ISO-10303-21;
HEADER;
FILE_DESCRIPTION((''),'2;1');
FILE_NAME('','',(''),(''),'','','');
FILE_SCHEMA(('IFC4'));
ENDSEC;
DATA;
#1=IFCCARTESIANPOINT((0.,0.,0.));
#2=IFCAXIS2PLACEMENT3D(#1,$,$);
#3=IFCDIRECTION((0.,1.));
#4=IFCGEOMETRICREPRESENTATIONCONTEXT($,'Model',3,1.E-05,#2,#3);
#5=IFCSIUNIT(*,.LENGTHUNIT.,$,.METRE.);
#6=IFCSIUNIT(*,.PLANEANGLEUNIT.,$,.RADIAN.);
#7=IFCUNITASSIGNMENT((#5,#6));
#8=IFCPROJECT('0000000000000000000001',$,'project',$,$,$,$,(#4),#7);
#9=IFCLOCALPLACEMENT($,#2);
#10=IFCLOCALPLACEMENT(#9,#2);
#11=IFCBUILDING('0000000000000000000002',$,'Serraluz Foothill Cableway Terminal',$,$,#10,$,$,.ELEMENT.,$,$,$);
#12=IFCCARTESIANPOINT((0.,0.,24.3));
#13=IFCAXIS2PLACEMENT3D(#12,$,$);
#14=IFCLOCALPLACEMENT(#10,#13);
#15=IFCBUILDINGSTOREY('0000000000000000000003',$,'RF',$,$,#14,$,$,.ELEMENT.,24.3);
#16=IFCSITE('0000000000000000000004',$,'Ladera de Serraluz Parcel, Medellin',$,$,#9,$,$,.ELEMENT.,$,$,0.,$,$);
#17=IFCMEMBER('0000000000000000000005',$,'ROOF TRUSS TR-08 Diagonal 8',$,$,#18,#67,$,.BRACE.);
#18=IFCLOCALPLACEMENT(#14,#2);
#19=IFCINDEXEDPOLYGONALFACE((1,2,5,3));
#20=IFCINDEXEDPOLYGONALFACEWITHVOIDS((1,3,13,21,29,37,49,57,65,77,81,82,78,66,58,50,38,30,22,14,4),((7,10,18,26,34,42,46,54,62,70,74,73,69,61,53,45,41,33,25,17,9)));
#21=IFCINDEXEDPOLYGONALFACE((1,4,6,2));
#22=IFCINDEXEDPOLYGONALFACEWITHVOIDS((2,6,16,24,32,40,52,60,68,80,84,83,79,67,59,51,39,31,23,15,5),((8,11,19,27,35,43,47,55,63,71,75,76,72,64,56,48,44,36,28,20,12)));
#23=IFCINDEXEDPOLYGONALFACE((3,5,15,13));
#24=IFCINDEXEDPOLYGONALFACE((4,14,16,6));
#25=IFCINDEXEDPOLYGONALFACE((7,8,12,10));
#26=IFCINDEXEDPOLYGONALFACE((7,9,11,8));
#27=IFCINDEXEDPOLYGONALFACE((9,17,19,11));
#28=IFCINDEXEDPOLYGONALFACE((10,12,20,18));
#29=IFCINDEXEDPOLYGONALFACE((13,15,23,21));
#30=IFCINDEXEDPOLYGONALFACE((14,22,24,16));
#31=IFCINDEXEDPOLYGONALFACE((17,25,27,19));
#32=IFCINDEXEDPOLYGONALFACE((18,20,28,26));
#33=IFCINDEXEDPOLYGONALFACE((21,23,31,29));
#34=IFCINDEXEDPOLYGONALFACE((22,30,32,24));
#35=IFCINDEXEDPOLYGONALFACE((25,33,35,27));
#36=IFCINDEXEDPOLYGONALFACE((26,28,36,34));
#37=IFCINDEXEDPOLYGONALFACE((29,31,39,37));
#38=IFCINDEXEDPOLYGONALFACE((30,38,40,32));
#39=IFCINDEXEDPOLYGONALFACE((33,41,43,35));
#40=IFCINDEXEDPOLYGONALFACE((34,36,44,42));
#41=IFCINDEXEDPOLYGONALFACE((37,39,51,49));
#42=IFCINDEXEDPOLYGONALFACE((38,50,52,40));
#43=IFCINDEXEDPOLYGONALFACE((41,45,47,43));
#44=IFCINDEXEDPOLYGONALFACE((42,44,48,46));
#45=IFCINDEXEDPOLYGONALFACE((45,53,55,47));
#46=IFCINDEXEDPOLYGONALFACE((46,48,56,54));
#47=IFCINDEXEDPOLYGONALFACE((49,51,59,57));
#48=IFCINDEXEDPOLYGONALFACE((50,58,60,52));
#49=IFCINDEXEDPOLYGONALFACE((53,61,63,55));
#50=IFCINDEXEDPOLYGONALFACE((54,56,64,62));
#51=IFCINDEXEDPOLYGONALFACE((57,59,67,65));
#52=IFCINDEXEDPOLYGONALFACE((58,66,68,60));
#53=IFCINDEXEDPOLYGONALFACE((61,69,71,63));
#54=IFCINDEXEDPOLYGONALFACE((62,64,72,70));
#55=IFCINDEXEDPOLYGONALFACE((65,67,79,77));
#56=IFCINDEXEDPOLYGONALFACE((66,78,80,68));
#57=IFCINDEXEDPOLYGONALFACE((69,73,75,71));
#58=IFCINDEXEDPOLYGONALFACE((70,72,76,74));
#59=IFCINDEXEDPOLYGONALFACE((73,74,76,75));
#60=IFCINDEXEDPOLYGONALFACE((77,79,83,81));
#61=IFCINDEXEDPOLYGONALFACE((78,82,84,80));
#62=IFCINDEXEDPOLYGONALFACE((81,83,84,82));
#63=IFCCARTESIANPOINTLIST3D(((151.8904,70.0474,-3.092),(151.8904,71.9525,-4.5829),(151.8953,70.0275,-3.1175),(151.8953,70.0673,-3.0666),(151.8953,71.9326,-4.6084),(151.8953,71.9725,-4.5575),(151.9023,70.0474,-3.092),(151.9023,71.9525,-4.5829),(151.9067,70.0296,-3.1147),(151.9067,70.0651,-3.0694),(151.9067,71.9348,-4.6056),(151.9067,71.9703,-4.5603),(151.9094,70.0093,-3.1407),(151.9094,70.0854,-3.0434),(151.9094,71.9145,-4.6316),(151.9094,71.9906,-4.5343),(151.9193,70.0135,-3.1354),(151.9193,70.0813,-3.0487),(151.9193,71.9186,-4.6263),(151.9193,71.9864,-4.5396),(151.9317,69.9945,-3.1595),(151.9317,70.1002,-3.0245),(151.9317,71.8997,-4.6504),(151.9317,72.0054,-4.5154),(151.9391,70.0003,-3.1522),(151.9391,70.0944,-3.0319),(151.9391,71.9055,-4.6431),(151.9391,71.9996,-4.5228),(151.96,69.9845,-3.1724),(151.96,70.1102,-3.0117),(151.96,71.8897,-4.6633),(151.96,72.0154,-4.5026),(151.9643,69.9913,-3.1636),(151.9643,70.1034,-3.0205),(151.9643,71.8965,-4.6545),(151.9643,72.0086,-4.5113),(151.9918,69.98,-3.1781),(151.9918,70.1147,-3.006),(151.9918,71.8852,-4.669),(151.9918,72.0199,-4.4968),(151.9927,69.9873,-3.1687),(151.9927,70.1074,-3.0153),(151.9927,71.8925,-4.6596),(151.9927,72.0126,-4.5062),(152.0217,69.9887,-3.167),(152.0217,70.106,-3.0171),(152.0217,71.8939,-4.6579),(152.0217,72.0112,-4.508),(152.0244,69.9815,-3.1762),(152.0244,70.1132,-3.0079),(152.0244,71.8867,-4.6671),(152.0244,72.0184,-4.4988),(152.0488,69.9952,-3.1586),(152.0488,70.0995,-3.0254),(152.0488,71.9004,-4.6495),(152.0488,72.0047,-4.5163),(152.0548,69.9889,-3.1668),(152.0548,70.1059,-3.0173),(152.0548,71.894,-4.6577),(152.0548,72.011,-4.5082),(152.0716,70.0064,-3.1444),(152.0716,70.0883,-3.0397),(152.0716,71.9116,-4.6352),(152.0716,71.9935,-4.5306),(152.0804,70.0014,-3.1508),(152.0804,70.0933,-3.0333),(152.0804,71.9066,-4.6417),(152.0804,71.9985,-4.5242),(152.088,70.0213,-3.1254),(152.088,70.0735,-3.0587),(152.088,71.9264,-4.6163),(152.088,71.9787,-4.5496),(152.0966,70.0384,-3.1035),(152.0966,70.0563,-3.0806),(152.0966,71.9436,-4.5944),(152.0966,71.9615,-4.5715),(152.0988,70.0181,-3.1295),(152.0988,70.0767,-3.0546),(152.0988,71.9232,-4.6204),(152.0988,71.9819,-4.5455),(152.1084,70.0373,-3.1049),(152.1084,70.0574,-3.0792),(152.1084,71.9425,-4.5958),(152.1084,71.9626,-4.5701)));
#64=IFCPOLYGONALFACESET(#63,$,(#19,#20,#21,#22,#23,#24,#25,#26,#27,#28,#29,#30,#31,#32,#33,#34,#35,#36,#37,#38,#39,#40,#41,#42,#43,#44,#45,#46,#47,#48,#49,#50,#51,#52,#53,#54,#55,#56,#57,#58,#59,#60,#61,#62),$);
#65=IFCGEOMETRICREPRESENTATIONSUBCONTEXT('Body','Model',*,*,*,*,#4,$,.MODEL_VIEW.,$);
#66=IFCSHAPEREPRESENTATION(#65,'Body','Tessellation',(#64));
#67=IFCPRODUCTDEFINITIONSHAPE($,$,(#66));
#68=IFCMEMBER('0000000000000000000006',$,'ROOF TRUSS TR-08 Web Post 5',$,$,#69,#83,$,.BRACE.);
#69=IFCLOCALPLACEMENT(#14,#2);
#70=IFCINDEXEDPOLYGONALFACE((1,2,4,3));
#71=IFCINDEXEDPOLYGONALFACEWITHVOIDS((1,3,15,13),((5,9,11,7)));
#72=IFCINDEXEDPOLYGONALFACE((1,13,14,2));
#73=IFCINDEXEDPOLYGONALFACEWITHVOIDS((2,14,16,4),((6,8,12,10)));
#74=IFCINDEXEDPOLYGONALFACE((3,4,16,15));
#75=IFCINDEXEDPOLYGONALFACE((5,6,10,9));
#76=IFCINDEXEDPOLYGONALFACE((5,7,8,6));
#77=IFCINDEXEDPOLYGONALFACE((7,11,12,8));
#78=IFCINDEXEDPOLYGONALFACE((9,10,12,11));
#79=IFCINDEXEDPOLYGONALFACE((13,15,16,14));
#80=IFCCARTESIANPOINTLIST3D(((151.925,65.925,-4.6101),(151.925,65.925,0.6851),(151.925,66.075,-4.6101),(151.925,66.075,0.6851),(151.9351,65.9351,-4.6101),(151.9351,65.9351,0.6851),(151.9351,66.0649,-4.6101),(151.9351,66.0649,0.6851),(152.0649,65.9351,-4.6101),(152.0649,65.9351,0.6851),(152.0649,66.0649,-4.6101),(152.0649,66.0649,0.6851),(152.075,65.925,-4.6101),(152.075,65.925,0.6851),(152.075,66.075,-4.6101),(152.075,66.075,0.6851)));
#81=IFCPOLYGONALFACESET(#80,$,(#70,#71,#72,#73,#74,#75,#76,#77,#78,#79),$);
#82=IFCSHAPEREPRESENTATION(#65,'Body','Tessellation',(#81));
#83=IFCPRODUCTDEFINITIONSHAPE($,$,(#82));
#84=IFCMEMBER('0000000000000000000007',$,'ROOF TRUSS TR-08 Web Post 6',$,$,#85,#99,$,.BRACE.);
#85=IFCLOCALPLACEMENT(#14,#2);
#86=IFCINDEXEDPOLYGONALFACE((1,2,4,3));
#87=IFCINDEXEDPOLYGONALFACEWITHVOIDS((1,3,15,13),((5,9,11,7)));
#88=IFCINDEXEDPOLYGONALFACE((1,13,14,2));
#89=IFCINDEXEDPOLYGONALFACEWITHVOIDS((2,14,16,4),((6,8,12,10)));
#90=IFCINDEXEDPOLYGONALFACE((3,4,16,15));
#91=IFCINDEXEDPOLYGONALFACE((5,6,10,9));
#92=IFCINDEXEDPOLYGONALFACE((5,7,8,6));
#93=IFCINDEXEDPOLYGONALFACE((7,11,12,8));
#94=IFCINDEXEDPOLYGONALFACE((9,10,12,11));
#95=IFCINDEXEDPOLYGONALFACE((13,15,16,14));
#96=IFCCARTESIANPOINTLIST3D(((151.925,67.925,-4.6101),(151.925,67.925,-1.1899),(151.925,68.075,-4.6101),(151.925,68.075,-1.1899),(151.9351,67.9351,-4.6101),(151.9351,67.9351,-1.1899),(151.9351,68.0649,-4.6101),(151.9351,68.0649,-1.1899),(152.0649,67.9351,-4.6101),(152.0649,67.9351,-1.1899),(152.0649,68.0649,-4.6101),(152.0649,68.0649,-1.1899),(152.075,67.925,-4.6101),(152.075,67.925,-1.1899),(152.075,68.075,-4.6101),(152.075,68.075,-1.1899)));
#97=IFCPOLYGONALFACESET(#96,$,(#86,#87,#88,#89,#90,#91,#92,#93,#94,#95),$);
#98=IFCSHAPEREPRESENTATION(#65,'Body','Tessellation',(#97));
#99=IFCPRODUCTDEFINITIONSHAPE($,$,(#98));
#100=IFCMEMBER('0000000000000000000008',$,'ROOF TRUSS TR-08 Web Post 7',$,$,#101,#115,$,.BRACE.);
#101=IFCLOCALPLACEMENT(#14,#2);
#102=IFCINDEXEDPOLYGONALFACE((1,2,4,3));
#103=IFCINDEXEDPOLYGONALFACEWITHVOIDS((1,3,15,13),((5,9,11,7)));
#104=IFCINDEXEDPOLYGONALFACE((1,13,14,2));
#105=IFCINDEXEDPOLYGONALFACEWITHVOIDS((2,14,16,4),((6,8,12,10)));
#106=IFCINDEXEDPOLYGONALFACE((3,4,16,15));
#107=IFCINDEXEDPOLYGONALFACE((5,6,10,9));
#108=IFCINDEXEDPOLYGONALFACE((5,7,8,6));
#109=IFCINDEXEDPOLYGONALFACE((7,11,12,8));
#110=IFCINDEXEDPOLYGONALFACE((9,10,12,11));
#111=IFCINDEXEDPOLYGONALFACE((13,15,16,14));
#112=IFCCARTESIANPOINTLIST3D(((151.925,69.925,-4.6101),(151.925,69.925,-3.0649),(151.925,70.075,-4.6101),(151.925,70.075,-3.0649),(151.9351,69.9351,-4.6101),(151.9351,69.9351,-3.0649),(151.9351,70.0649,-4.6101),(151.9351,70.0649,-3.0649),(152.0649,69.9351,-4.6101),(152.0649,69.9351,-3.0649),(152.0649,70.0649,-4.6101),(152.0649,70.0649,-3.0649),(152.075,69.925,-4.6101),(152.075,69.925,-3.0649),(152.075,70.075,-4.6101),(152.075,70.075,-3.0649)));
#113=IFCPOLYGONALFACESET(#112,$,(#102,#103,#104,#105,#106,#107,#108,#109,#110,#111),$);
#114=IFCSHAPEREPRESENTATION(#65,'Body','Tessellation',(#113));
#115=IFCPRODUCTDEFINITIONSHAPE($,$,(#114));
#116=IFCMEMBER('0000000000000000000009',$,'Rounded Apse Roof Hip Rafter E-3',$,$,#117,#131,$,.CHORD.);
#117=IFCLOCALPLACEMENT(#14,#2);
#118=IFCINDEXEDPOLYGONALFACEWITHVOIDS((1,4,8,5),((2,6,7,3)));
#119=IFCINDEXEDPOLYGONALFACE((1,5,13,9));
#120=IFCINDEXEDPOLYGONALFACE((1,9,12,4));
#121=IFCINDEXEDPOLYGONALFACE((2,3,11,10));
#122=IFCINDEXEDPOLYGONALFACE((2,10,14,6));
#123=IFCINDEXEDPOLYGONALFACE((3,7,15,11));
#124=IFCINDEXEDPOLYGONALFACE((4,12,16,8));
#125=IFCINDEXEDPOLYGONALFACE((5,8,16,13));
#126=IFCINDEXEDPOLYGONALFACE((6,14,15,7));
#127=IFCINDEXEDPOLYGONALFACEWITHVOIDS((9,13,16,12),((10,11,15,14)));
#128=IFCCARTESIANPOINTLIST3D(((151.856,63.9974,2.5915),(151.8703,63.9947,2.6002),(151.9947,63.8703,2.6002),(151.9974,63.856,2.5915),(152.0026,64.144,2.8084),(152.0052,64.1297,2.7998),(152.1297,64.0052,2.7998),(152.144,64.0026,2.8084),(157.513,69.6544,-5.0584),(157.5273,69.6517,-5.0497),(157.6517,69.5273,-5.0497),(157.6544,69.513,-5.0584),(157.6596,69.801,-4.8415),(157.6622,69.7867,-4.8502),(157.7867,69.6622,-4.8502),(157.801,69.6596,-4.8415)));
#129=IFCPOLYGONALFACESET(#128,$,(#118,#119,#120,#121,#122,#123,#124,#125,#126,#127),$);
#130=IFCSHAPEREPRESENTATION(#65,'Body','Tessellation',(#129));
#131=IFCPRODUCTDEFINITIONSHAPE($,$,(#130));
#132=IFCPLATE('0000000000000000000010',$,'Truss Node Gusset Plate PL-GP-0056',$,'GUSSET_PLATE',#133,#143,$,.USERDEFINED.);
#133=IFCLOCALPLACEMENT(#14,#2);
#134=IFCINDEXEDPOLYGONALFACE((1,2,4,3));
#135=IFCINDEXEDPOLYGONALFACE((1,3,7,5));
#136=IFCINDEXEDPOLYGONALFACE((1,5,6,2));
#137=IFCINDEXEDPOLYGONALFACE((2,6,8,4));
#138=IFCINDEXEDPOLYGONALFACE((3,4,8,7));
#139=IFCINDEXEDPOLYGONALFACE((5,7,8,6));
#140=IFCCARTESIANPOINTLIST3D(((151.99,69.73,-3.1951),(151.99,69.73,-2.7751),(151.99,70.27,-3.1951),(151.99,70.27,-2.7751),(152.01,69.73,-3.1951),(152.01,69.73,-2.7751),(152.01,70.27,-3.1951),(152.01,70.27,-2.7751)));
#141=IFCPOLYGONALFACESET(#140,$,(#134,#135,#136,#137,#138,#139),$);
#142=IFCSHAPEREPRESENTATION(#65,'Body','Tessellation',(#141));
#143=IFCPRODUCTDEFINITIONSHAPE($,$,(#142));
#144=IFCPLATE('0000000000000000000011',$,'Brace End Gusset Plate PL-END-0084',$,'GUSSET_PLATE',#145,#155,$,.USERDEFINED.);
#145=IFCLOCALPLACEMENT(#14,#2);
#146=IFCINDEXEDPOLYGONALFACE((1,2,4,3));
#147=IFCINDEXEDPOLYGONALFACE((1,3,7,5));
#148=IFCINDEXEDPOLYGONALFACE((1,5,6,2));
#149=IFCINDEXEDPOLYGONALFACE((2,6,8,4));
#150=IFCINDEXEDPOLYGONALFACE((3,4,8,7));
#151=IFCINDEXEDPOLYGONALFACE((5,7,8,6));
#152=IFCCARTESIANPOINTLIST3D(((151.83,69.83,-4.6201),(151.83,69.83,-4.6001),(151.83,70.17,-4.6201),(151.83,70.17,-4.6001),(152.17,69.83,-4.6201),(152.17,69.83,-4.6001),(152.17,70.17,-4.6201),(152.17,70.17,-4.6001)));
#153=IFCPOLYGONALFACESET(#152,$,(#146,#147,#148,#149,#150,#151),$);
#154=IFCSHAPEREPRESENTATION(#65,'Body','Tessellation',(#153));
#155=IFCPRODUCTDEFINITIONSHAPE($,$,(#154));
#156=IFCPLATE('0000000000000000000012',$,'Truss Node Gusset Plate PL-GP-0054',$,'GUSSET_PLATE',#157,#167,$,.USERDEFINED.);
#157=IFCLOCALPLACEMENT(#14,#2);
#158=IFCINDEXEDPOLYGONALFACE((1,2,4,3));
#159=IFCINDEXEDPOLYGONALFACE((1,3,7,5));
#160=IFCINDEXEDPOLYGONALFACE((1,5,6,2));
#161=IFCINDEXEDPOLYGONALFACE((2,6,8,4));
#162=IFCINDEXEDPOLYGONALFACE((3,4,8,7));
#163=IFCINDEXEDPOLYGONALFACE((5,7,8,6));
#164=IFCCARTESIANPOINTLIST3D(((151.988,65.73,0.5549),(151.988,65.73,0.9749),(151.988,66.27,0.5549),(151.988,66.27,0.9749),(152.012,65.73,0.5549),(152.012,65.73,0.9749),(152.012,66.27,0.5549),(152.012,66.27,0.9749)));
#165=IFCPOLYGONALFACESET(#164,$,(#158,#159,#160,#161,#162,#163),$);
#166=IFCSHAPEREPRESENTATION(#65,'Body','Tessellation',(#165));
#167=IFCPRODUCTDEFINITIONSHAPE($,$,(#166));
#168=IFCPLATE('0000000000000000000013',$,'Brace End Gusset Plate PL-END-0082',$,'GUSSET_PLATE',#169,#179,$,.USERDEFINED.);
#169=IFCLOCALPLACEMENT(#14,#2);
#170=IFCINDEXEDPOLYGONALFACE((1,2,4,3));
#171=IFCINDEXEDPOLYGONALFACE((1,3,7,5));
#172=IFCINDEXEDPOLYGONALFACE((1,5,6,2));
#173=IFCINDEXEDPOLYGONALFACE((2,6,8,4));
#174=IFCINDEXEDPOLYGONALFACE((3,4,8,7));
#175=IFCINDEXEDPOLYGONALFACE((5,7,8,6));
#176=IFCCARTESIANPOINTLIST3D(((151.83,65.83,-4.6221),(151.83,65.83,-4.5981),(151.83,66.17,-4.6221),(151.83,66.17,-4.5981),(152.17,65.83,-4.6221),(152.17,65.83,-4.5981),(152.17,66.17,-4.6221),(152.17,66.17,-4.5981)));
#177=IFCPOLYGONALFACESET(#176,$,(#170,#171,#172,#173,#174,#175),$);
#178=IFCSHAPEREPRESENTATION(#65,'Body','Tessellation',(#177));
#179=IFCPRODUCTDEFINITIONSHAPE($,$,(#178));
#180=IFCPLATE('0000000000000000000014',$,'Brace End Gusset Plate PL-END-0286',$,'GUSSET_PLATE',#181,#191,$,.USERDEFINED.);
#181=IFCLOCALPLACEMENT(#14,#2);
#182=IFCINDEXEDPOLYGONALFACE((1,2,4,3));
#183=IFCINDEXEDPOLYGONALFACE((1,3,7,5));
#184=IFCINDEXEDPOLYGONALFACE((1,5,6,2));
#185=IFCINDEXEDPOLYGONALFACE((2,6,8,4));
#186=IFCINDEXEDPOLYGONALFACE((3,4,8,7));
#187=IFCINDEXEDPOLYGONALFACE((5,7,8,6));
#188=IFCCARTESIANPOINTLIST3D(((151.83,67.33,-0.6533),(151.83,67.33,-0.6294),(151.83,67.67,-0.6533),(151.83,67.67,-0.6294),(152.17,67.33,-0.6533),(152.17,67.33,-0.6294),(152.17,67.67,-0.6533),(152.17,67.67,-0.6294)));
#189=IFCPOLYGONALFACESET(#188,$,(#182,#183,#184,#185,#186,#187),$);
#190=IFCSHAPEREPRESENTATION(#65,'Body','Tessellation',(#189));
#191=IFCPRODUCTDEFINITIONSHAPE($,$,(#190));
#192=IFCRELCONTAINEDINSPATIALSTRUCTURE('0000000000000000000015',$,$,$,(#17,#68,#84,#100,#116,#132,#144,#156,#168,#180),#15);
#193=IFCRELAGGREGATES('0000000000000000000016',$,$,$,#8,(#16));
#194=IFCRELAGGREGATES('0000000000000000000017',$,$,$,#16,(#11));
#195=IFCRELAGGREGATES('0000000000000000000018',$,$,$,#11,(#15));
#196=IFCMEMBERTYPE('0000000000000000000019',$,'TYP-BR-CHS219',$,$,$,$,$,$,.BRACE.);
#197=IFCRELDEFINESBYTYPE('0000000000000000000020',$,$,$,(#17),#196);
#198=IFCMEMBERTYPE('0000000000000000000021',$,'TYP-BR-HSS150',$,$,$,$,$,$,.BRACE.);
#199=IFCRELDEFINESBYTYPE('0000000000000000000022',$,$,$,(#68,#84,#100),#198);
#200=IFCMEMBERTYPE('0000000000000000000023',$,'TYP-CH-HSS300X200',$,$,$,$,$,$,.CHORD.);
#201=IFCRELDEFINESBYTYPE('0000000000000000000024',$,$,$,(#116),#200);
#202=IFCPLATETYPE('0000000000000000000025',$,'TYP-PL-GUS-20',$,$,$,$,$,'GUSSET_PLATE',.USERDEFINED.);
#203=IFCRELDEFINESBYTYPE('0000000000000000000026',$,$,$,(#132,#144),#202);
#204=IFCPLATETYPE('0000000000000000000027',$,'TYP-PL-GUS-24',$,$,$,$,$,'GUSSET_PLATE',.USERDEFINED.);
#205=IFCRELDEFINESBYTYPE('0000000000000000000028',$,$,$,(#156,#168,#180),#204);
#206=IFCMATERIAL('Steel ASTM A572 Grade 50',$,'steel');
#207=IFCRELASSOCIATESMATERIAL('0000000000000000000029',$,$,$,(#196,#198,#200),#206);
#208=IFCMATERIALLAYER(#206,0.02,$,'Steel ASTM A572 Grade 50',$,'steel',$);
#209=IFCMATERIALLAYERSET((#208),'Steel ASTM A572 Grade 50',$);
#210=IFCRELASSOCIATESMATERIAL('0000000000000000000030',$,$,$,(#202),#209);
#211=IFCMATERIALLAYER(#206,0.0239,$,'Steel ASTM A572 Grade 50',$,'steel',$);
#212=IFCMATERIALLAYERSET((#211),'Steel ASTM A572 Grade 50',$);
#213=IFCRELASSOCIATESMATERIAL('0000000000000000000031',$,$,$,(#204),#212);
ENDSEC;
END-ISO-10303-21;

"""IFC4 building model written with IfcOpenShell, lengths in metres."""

from ifc_helpers import new_model, si_unit, direction, frame, origin, origin_2d, place, context, subcontext, project, spatial, rectangle, hollow_rectangle, hollow_circle, extrude, material, layer, layer_set, material_profile, profile_set, type_object, element, save


model = new_model("IFC4")

# Units and contexts
model_context = context("Model", 3, precision=1e-05, world=origin(), true_north=direction((0.0, 1.0)))
body_context = subcontext(model_context, "Body", "Model", "MODEL_VIEW")
ifc_project = project(units=[si_unit("LENGTHUNIT", "METRE"), si_unit("PLANEANGLEUNIT", "RADIAN")], contexts=[model_context])

# Site, building, storey
site_placement = place(None, origin())
site = spatial("IfcSite", under=ifc_project, at=site_placement, Name="Ladera de Serraluz Parcel, Medellin", CompositionType="ELEMENT", RefElevation=0.0)
building_placement = place(site_placement, origin())
building = spatial("IfcBuilding", under=site, at=building_placement, Name="Serraluz Foothill Cableway Terminal", CompositionType="ELEMENT")
storey_placement = place(building_placement, frame((0.0, 0.0, 24.3)))
storey = spatial("IfcBuildingStorey", under=building, at=storey_placement, Name="RF", CompositionType="ELEMENT", Elevation=24.3)

# Members
ifc_material_1 = material(Name="Steel ASTM A572 Grade 50", Category="steel")
ifc_material_profile_1 = material_profile(ifc_material_1, hollow_circle(Radius=0.1096, WallThickness=0.012, at=origin_2d()), Name="CHS219X12")
ifc_profile_set_1 = profile_set([ifc_material_profile_1], Name="Steel ASTM A572 Grade 50")
member_type_1 = type_object("IfcMemberType", Name="TYP-BR-CHS219", PredefinedType="BRACE", material=ifc_profile_set_1)
member_1_placement = place(storey_placement, frame((152.0, 70.0474, -3.092), z_axis=(0.0, 0.787528, -0.616278), x_axis=(-1.0, 0.0, 0.0)))
element("IfcMember", 1, at=member_1_placement, inside=storey, type_object=member_type_1, Name="ROOF TRUSS TR-08 Diagonal 8", PredefinedType="BRACE", context=body_context, shape_type="SweptSolid", body=[
    extrude(hollow_circle(Radius=0.1096, WallThickness=0.012, at=origin_2d()), origin(), (0.0, 0.0, 1.0), 2.4192),
])
ifc_material_profile_2 = material_profile(ifc_material_1, hollow_rectangle(XDim=0.1499, YDim=0.1499, WallThickness=0.01, at=origin_2d()), Name="HSS150X150X10")
ifc_profile_set_2 = profile_set([ifc_material_profile_2], Name="Steel ASTM A572 Grade 50")
member_type_2 = type_object("IfcMemberType", Name="TYP-BR-HSS150", PredefinedType="BRACE", material=ifc_profile_set_2)
member_2_placement = place(storey_placement, frame((152.0, 66.0, -4.6101), z_axis=(0.0, 0.0, 1.0), x_axis=(1.0, 0.0, 0.0)))
element("IfcMember", 2, at=member_2_placement, inside=storey, type_object=member_type_2, Name="ROOF TRUSS TR-08 Web Post 5", PredefinedType="BRACE", context=body_context, shape_type="SweptSolid", body=[
    extrude(hollow_rectangle(XDim=0.1499, YDim=0.1499, WallThickness=0.01, at=origin_2d()), origin(), (0.0, 0.0, 1.0), 5.2952),
])
member_3_placement = place(storey_placement, frame((152.0, 68.0, -4.6101), z_axis=(0.0, 0.0, 1.0), x_axis=(1.0, 0.0, 0.0)))
element("IfcMember", 3, at=member_3_placement, inside=storey, type_object=member_type_2, Name="ROOF TRUSS TR-08 Web Post 6", PredefinedType="BRACE", context=body_context, shape_type="SweptSolid", body=[
    extrude(hollow_rectangle(XDim=0.1499, YDim=0.1499, WallThickness=0.01, at=origin_2d()), origin(), (0.0, 0.0, 1.0), 3.4202),
])
member_4_placement = place(storey_placement, frame((152.0, 70.0, -4.6101), z_axis=(0.0, 0.0, 1.0), x_axis=(1.0, 0.0, 0.0)))
element("IfcMember", 4, at=member_4_placement, inside=storey, type_object=member_type_2, Name="ROOF TRUSS TR-08 Web Post 7", PredefinedType="BRACE", context=body_context, shape_type="SweptSolid", body=[
    extrude(hollow_rectangle(XDim=0.1499, YDim=0.1499, WallThickness=0.01, at=origin_2d()), origin(), (0.0, 0.0, 1.0), 1.5452),
])
ifc_material_profile_3 = material_profile(ifc_material_1, hollow_rectangle(XDim=0.2, YDim=0.3, WallThickness=0.012, at=origin_2d()), Name="HSS300X200X12")
ifc_profile_set_3 = profile_set([ifc_material_profile_3], Name="Steel ASTM A572 Grade 50")
member_type_3 = type_object("IfcMemberType", Name="TYP-CH-HSS300X200", PredefinedType="CHORD", material=ifc_profile_set_3)
member_5_placement = place(storey_placement, frame((157.657, 69.657, -4.95), z_axis=(-0.511063, -0.511063, 0.691107), x_axis=(0.707107, -0.707107, 0.0)))
element("IfcMember", 5, at=member_5_placement, inside=storey, type_object=member_type_3, Name="Rounded Apse Roof Hip Rafter E-3", PredefinedType="CHORD", context=body_context, shape_type="SweptSolid", body=[
    extrude(hollow_rectangle(XDim=0.2, YDim=0.3, WallThickness=0.012, at=origin_2d()), origin(), (0.0, 0.0, 1.0), 11.0691),
])

# Plates
ifc_layer_1 = layer(ifc_material_1, 0.02, Name="Steel ASTM A572 Grade 50", Category="steel")
ifc_layer_set_1 = layer_set([ifc_layer_1], Name="Steel ASTM A572 Grade 50")
plate_type_1 = type_object("IfcPlateType", Name="TYP-PL-GUS-20", ElementType="GUSSET_PLATE", PredefinedType="USERDEFINED", material=ifc_layer_set_1)
plate_1_placement = place(storey_placement, frame((152.0, 70.0, -3.1951), z_axis=(0.0, 0.0, 1.0), x_axis=(1.0, 0.0, 0.0)))
element("IfcPlate", 6, at=plate_1_placement, inside=storey, type_object=plate_type_1, Name="Truss Node Gusset Plate PL-GP-0056", ObjectType="GUSSET_PLATE", PredefinedType="USERDEFINED", context=body_context, shape_type="SweptSolid", body=[
    extrude(rectangle(XDim=0.02, YDim=0.54, at=origin_2d()), origin(), (0.0, 0.0, 1.0), 0.4199),
])
plate_2_placement = place(storey_placement, frame((152.0, 70.0, -4.6201), z_axis=(0.0, 0.0, 1.0), x_axis=(1.0, 0.0, 0.0)))
element("IfcPlate", 7, at=plate_2_placement, inside=storey, type_object=plate_type_1, Name="Brace End Gusset Plate PL-END-0084", ObjectType="GUSSET_PLATE", PredefinedType="USERDEFINED", context=body_context, shape_type="SweptSolid", body=[
    extrude(rectangle(XDim=0.3401, YDim=0.3401, at=origin_2d()), origin(), (0.0, 0.0, 1.0), 0.02),
])
ifc_layer_2 = layer(ifc_material_1, 0.0239, Name="Steel ASTM A572 Grade 50", Category="steel")
ifc_layer_set_2 = layer_set([ifc_layer_2], Name="Steel ASTM A572 Grade 50")
plate_type_2 = type_object("IfcPlateType", Name="TYP-PL-GUS-24", ElementType="GUSSET_PLATE", PredefinedType="USERDEFINED", material=ifc_layer_set_2)
plate_3_placement = place(storey_placement, frame((152.0, 66.0, 0.5549), z_axis=(0.0, 0.0, 1.0), x_axis=(1.0, 0.0, 0.0)))
element("IfcPlate", 8, at=plate_3_placement, inside=storey, type_object=plate_type_2, Name="Truss Node Gusset Plate PL-GP-0054", ObjectType="GUSSET_PLATE", PredefinedType="USERDEFINED", context=body_context, shape_type="SweptSolid", body=[
    extrude(rectangle(XDim=0.0239, YDim=0.54, at=origin_2d()), origin(), (0.0, 0.0, 1.0), 0.4199),
])
for number, where, z_axis, x_axis, name in (
    (9, (152.0, 66.0, -4.6221), (0.0, 0.0, 1.0), (1.0, 0.0, 0.0), "Brace End Gusset Plate PL-END-0082"),
    (10, (152.0, 67.5, -0.6533), (0.0, 0.0, 1.0), (1.0, 0.0, 0.0), "Brace End Gusset Plate PL-END-0286"),
):
    element("IfcPlate", number, at=place(storey_placement, frame(where, z_axis=z_axis, x_axis=x_axis)), inside=storey, type_object=plate_type_2, Name=name, ObjectType="GUSSET_PLATE", PredefinedType="USERDEFINED", context=body_context, shape_type="SweptSolid", body=[
        extrude(rectangle(XDim=0.3401, YDim=0.3401, at=origin_2d()), origin(), (0.0, 0.0, 1.0), 0.0239),
    ])

save(model, "model.ifc")
